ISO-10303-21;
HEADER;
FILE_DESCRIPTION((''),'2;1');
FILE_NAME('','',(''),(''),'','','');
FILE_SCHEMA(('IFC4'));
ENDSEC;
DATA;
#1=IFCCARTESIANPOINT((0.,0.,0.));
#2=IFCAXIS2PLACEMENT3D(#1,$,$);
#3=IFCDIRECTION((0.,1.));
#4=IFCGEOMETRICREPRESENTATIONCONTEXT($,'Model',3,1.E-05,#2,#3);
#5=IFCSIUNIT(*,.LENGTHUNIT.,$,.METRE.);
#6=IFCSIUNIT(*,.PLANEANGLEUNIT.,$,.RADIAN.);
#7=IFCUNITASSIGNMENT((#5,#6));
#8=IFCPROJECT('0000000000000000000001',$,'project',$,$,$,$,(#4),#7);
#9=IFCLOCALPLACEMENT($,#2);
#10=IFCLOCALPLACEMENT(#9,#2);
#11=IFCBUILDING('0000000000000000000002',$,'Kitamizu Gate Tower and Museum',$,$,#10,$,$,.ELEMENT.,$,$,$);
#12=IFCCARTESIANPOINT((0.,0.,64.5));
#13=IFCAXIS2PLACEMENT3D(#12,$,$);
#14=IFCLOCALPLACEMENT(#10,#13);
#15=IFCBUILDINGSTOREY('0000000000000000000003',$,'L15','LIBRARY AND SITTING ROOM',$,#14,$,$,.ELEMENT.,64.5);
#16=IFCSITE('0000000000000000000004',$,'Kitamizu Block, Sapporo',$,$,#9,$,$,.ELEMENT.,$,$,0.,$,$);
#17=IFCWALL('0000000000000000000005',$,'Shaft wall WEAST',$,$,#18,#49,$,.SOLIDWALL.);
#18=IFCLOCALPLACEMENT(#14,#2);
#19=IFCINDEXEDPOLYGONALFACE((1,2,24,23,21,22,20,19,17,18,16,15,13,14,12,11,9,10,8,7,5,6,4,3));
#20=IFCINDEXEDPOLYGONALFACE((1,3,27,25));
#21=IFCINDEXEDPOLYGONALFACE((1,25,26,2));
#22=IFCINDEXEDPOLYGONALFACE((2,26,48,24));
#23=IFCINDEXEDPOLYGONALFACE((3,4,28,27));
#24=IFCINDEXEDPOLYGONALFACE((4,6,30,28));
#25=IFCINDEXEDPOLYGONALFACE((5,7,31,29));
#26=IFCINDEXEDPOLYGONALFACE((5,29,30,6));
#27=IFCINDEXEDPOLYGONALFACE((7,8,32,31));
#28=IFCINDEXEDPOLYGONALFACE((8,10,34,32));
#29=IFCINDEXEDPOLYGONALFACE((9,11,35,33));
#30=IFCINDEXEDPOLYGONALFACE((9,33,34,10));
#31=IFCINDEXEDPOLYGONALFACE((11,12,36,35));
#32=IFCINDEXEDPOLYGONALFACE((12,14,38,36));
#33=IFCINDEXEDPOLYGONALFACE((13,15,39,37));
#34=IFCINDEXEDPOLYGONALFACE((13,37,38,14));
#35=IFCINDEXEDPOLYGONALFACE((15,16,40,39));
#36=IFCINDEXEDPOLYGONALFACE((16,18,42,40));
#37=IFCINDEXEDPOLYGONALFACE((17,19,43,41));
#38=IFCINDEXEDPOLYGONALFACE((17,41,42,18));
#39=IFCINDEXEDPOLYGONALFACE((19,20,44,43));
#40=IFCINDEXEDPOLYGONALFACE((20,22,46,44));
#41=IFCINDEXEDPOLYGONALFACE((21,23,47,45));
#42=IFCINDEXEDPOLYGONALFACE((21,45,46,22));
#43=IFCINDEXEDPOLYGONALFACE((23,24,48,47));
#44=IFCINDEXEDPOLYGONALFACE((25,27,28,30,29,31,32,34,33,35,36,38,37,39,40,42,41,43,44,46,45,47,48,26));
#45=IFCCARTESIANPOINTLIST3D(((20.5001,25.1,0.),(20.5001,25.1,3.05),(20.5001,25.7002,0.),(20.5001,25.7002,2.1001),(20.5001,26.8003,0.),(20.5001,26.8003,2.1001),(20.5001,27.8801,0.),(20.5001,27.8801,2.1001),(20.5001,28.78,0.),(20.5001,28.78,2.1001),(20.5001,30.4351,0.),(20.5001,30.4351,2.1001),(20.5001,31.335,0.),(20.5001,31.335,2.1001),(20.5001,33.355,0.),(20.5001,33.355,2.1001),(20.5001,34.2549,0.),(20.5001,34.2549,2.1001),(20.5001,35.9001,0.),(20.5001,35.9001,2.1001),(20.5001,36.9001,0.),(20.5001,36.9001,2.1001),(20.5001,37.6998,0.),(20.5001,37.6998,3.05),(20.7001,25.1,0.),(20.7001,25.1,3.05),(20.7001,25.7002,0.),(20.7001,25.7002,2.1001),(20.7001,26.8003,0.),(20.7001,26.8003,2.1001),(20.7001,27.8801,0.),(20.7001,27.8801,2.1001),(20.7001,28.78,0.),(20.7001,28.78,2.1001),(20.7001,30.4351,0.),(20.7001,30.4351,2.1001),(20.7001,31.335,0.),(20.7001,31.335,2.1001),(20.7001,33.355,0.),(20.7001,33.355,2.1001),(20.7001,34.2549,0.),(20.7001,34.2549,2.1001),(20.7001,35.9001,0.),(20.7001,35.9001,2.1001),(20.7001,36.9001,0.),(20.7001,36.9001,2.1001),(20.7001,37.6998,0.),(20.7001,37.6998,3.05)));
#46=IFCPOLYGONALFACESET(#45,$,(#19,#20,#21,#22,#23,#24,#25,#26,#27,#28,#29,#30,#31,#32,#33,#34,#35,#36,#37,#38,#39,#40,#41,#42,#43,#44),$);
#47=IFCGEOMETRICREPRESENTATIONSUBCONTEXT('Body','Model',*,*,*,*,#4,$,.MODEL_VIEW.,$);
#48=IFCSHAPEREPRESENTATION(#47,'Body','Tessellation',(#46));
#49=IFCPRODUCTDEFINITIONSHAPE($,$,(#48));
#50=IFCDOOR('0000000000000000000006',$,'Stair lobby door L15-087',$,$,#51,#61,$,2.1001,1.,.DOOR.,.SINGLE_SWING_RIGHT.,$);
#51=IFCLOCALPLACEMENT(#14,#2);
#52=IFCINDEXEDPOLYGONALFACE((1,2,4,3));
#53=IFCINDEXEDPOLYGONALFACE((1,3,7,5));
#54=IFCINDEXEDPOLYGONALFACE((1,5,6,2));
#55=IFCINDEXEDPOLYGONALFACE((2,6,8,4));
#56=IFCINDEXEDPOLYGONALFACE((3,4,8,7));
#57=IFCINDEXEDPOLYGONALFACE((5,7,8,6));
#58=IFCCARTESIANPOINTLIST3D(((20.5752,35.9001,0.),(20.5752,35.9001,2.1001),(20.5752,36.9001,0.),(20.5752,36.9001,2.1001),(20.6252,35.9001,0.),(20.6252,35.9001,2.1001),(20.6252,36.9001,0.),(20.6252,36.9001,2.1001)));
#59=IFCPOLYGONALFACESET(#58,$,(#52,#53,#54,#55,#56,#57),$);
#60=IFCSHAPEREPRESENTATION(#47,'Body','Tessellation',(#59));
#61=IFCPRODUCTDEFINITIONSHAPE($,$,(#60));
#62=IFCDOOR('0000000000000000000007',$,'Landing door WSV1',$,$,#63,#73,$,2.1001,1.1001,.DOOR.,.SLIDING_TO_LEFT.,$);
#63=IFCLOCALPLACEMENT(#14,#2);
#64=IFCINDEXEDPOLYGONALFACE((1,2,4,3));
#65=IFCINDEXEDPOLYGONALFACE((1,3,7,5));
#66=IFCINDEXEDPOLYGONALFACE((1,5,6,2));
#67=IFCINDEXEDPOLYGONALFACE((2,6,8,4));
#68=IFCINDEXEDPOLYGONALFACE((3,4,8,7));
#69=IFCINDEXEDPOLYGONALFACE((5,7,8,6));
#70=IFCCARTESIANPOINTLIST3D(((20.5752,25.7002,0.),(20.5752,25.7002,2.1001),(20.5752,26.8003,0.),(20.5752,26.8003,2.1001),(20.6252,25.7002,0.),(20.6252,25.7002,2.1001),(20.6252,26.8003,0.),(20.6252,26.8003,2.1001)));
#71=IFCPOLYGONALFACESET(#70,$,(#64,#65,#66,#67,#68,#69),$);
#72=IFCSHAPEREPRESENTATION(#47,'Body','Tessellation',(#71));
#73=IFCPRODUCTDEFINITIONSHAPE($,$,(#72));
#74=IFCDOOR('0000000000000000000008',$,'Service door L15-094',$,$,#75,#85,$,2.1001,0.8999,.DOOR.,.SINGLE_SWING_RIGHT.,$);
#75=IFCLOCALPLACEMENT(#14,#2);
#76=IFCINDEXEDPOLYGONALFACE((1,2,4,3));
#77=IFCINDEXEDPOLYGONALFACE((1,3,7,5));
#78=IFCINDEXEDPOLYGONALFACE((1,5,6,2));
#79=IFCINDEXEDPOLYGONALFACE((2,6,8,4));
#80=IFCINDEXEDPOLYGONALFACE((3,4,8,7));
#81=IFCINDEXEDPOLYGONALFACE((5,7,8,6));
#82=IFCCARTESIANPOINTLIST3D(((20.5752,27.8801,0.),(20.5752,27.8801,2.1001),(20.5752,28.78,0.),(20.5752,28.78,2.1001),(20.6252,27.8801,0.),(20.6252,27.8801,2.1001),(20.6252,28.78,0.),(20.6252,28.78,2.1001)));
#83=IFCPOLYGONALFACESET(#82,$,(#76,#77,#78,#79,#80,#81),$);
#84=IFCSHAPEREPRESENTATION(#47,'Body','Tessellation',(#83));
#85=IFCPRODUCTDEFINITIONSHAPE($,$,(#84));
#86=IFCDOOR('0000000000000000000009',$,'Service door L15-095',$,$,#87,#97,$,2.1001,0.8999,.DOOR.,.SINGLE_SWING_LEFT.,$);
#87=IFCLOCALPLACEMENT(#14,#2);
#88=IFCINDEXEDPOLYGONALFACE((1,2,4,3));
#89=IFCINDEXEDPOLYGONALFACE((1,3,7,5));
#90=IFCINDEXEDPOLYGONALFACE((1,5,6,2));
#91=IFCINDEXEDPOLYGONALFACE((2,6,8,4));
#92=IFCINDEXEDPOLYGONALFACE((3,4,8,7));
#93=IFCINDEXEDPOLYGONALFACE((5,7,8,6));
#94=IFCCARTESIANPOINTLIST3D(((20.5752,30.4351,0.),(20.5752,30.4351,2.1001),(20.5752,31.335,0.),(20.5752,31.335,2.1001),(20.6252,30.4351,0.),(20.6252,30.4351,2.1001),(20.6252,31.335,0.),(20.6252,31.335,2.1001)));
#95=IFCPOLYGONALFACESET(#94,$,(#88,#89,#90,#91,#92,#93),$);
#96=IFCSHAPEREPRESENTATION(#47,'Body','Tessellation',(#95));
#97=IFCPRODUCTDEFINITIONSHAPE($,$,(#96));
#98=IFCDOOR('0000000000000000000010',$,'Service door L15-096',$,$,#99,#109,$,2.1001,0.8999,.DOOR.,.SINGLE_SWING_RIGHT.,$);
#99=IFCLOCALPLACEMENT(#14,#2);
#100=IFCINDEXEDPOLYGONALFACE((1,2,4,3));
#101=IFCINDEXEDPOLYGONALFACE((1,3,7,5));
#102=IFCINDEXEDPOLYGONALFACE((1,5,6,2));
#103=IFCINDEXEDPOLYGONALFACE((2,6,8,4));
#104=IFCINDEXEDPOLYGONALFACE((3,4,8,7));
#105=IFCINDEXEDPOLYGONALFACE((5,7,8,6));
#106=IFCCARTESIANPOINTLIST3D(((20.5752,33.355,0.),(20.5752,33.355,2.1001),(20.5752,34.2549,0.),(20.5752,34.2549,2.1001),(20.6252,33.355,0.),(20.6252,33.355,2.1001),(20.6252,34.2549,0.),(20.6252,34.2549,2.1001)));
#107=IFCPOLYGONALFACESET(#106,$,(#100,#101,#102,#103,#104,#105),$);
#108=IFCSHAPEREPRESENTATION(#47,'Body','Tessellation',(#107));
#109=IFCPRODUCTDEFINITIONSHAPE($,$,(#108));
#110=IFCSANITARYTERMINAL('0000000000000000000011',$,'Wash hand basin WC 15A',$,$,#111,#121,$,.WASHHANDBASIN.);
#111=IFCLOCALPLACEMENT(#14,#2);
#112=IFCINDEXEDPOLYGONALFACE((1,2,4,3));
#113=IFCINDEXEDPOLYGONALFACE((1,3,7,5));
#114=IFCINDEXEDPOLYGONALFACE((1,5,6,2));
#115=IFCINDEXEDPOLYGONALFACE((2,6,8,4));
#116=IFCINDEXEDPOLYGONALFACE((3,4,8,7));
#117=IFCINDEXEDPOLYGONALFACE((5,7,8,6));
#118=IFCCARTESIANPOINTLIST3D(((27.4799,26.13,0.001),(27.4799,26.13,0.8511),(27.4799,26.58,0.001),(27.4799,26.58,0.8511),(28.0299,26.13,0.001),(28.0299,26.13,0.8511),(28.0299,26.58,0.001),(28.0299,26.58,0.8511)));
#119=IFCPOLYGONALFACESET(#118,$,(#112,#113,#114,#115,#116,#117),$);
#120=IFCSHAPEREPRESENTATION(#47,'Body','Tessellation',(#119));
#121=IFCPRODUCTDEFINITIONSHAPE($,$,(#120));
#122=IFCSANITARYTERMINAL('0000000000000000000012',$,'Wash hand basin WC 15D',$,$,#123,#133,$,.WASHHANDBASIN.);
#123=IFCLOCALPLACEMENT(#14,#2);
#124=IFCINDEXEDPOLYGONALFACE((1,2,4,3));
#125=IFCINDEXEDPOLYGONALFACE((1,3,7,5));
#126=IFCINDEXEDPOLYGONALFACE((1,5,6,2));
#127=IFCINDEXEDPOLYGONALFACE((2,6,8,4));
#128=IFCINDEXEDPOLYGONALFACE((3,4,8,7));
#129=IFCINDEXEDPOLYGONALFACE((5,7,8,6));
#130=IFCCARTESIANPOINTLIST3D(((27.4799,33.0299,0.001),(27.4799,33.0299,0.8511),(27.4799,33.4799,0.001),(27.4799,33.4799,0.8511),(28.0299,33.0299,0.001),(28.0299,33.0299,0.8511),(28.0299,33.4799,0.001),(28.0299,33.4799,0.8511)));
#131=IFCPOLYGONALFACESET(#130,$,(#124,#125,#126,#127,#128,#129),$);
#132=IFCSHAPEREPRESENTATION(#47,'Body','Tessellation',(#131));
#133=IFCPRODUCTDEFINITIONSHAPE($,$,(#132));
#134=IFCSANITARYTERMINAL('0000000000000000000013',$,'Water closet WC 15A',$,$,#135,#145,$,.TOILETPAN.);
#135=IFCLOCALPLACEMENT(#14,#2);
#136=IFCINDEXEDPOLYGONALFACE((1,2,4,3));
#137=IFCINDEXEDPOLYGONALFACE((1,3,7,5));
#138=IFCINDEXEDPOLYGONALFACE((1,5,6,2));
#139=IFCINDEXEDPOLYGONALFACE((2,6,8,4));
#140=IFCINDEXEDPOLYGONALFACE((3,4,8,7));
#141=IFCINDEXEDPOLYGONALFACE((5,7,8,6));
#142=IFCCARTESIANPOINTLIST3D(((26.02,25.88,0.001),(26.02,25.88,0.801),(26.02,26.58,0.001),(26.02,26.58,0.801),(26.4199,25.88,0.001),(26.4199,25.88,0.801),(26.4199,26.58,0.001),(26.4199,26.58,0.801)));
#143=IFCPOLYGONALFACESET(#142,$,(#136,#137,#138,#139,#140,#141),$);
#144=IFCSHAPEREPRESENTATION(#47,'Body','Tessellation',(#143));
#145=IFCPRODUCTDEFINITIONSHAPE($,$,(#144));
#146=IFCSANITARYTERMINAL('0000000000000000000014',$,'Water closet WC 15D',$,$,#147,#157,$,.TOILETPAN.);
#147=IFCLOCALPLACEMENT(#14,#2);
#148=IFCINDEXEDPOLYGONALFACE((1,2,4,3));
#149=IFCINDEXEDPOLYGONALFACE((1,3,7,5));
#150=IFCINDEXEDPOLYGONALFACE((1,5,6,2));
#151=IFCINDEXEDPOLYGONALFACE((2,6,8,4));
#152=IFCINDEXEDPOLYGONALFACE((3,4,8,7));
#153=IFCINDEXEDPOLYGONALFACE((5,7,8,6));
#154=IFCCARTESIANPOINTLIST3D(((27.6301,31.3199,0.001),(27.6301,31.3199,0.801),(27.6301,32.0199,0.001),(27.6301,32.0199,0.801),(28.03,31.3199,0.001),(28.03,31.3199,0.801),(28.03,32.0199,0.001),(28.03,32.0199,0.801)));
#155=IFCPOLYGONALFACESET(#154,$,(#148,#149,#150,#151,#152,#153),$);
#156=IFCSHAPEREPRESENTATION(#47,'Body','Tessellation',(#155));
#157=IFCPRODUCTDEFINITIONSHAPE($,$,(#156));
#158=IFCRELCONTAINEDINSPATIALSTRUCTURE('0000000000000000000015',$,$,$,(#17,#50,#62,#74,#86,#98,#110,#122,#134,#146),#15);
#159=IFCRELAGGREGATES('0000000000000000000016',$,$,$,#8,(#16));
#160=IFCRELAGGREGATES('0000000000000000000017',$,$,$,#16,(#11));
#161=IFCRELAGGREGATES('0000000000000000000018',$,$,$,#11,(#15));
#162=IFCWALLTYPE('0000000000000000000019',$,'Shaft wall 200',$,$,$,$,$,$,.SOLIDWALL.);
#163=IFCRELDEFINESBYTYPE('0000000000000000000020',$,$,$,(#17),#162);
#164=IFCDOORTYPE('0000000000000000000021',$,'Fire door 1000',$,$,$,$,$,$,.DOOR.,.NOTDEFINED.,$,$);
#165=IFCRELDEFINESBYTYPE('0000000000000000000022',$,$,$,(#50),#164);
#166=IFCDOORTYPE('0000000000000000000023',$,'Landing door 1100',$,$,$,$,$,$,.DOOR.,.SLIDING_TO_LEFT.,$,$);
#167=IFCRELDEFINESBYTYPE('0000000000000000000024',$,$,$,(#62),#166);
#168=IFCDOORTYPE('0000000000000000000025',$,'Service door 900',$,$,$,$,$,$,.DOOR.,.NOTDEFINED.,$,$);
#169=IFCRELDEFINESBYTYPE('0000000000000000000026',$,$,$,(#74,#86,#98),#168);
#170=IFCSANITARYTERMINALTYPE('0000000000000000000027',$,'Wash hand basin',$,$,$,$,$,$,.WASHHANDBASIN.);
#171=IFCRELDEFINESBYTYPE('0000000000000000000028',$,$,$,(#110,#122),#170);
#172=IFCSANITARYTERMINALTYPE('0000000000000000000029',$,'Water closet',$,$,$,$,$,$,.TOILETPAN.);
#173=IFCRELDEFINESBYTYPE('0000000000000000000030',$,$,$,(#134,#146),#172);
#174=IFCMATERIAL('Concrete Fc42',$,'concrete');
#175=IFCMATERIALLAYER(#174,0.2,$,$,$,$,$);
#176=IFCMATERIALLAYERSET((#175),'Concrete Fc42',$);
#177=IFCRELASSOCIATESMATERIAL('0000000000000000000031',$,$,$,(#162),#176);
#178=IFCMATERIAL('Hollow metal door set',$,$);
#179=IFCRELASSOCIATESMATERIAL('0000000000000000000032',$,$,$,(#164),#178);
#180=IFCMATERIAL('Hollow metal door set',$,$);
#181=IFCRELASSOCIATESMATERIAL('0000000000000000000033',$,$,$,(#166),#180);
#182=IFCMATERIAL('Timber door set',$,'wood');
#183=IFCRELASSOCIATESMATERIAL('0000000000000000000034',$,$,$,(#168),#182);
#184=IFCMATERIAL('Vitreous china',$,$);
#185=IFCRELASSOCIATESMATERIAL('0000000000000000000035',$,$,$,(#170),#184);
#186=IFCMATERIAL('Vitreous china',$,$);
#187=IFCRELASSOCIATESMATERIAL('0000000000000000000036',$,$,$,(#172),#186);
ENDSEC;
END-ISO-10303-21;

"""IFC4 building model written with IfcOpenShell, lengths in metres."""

from ifc_helpers import new_model, si_unit, direction, frame, frame_2d, origin, origin_2d, place, context, subcontext, project, spatial, rectangle, extrude, material, layer, layer_set, type_object, element, fill, save


model = new_model("IFC4")

# Units and contexts
model_context = context("Model", 3, precision=1e-05, world=origin(), true_north=direction((0.0, 1.0)))
body_context = subcontext(model_context, "Body", "Model", "MODEL_VIEW")
ifc_project = project(units=[si_unit("LENGTHUNIT", "METRE"), si_unit("PLANEANGLEUNIT", "RADIAN")], contexts=[model_context])

# Site, building, storey
site_placement = place(None, origin())
site = spatial("IfcSite", under=ifc_project, at=site_placement, Name="Kitamizu Block, Sapporo", CompositionType="ELEMENT", RefElevation=0.0)
building_placement = place(site_placement, origin())
building = spatial("IfcBuilding", under=site, at=building_placement, Name="Kitamizu Gate Tower and Museum", CompositionType="ELEMENT")
storey_placement = place(building_placement, frame((0.0, 0.0, 64.5)))
storey = spatial("IfcBuildingStorey", under=building, at=storey_placement, Name="L15", Description="LIBRARY AND SITTING ROOM", CompositionType="ELEMENT", Elevation=64.5)

# Wall, openings, doors
ifc_material_1 = material(Name="Concrete Fc42", Category="concrete")
ifc_layer_1 = layer(ifc_material_1, 0.2)
ifc_layer_set_1 = layer_set([ifc_layer_1], Name="Concrete Fc42")
wall_type_1 = type_object("IfcWallType", Name="Shaft wall 200", PredefinedType="SOLIDWALL", material=ifc_layer_set_1)
wall_1_placement = place(storey_placement, frame((20.6001, 25.1001, 0.0), z_axis=(0.0, 0.0, 1.0), x_axis=(0.0, 1.0, 0.0)))
wall_1 = element("IfcWall", 1, at=wall_1_placement, inside=storey, type_object=wall_type_1, Name="Shaft wall WEAST", PredefinedType="SOLIDWALL", context=body_context, shape_type="SweptSolid", body=[
    extrude(rectangle(XDim=12.5999, YDim=0.2, at=frame_2d((6.2998, 0.0))), origin(), (0.0, 0.0, 1.0), 3.05),
])
opening_1_placement = place(wall_1_placement, frame((0.6001, 0.0, 0.0)))
opening_1 = element("IfcOpeningElement", 2, at=opening_1_placement, cuts=wall_1, PredefinedType="OPENING", context=body_context, shape_type="SweptSolid", body=[
    extrude(rectangle(XDim=1.1001, YDim=2.1001, at=frame_2d((0.55, 1.05))), frame((0.0, 0.1099, 0.0), z_axis=(0.0, -1.0, 0.0), x_axis=(1.0, 0.0, 0.0)), (0.0, 0.0, 1.0), 0.22),
])
opening_2_placement = place(wall_1_placement, frame((10.8, 0.0, 0.0)))
opening_2 = element("IfcOpeningElement", 3, at=opening_2_placement, cuts=wall_1, PredefinedType="OPENING", context=body_context, shape_type="SweptSolid", body=[
    extrude(rectangle(XDim=1.0, YDim=2.1001, at=frame_2d((0.5, 1.05))), frame((0.0, 0.1099, 0.0), z_axis=(0.0, -1.0, 0.0), x_axis=(1.0, 0.0, 0.0)), (0.0, 0.0, 1.0), 0.22),
])
opening_3_placement = place(wall_1_placement, frame((2.78, 0.0, 0.0)))
opening_3 = element("IfcOpeningElement", 4, at=opening_3_placement, cuts=wall_1, PredefinedType="OPENING", context=body_context, shape_type="SweptSolid", body=[
    extrude(rectangle(XDim=0.8999, YDim=2.1001, at=frame_2d((0.45, 1.05))), frame((0.0, 0.1099, 0.0), z_axis=(0.0, -1.0, 0.0), x_axis=(1.0, 0.0, 0.0)), (0.0, 0.0, 1.0), 0.22),
])
opening_4_placement = place(wall_1_placement, frame((5.335, 0.0, 0.0)))
opening_4 = element("IfcOpeningElement", 5, at=opening_4_placement, cuts=wall_1, PredefinedType="OPENING", context=body_context, shape_type="SweptSolid", body=[
    extrude(rectangle(XDim=0.8999, YDim=2.1001, at=frame_2d((0.45, 1.05))), frame((0.0, 0.1099, 0.0), z_axis=(0.0, -1.0, 0.0), x_axis=(1.0, 0.0, 0.0)), (0.0, 0.0, 1.0), 0.22),
])
opening_5_placement = place(wall_1_placement, frame((8.2549, 0.0, 0.0)))
opening_5 = element("IfcOpeningElement", 6, at=opening_5_placement, cuts=wall_1, PredefinedType="OPENING", context=body_context, shape_type="SweptSolid", body=[
    extrude(rectangle(XDim=0.8999, YDim=2.1001, at=frame_2d((0.45, 1.05))), frame((0.0, 0.1099, 0.0), z_axis=(0.0, -1.0, 0.0), x_axis=(1.0, 0.0, 0.0)), (0.0, 0.0, 1.0), 0.22),
])
ifc_material_2 = material(Name="Hollow metal door set")
door_type_1 = type_object("IfcDoorType", Name="Fire door 1000", OperationType="NOTDEFINED", PredefinedType="DOOR", material=ifc_material_2)
door_1_placement = place(opening_2_placement, origin())
door_1 = element("IfcDoor", 7, at=door_1_placement, inside=storey, type_object=door_type_1, Name="Stair lobby door L15-087", OperationType="SINGLE_SWING_RIGHT", OverallHeight=2.1001, OverallWidth=1.0, PredefinedType="DOOR", context=body_context, shape_type="SweptSolid", body=[
    extrude(rectangle(XDim=1.0, YDim=2.1001, at=frame_2d((0.5, 1.05))), frame((0.0, 0.0249, 0.0), z_axis=(0.0, -1.0, 0.0), x_axis=(1.0, 0.0, 0.0)), (0.0, 0.0, 1.0), 0.05),
])
fill(opening_2, door_1)
ifc_material_3 = material(Name="Hollow metal door set")
door_type_2 = type_object("IfcDoorType", Name="Landing door 1100", OperationType="SLIDING_TO_LEFT", PredefinedType="DOOR", material=ifc_material_3)
door_2_placement = place(opening_1_placement, origin())
door_2 = element("IfcDoor", 8, at=door_2_placement, inside=storey, type_object=door_type_2, Name="Landing door WSV1", OperationType="SLIDING_TO_LEFT", OverallHeight=2.1001, OverallWidth=1.1001, PredefinedType="DOOR", context=body_context, shape_type="SweptSolid", body=[
    extrude(rectangle(XDim=1.1001, YDim=2.1001, at=frame_2d((0.55, 1.05))), frame((0.0, 0.0249, 0.0), z_axis=(0.0, -1.0, 0.0), x_axis=(1.0, 0.0, 0.0)), (0.0, 0.0, 1.0), 0.05),
])
fill(opening_1, door_2)
ifc_material_4 = material(Name="Timber door set", Category="wood")
door_type_3 = type_object("IfcDoorType", Name="Service door 900", OperationType="NOTDEFINED", PredefinedType="DOOR", material=ifc_material_4)
door_3_placement = place(opening_3_placement, origin())
door_3 = element("IfcDoor", 9, at=door_3_placement, inside=storey, type_object=door_type_3, Name="Service door L15-094", OperationType="SINGLE_SWING_RIGHT", OverallHeight=2.1001, OverallWidth=0.8999, PredefinedType="DOOR", context=body_context, shape_type="SweptSolid", body=[
    extrude(rectangle(XDim=0.8999, YDim=2.1001, at=frame_2d((0.45, 1.05))), frame((0.0, 0.0249, 0.0), z_axis=(0.0, -1.0, 0.0), x_axis=(1.0, 0.0, 0.0)), (0.0, 0.0, 1.0), 0.05),
])
fill(opening_3, door_3)
door_4_placement = place(opening_4_placement, origin())
door_4 = element("IfcDoor", 10, at=door_4_placement, inside=storey, type_object=door_type_3, Name="Service door L15-095", OperationType="SINGLE_SWING_LEFT", OverallHeight=2.1001, OverallWidth=0.8999, PredefinedType="DOOR", context=body_context, shape_type="SweptSolid", body=[
    extrude(rectangle(XDim=0.8999, YDim=2.1001, at=frame_2d((0.45, 1.05))), frame((0.0, 0.0249, 0.0), z_axis=(0.0, -1.0, 0.0), x_axis=(1.0, 0.0, 0.0)), (0.0, 0.0, 1.0), 0.05),
])
fill(opening_4, door_4)
door_5_placement = place(opening_5_placement, origin())
door_5 = element("IfcDoor", 11, at=door_5_placement, inside=storey, type_object=door_type_3, Name="Service door L15-096", OperationType="SINGLE_SWING_RIGHT", OverallHeight=2.1001, OverallWidth=0.8999, PredefinedType="DOOR", context=body_context, shape_type="SweptSolid", body=[
    extrude(rectangle(XDim=0.8999, YDim=2.1001, at=frame_2d((0.45, 1.05))), frame((0.0, 0.0249, 0.0), z_axis=(0.0, -1.0, 0.0), x_axis=(1.0, 0.0, 0.0)), (0.0, 0.0, 1.0), 0.05),
])
fill(opening_5, door_5)

# Sanitary terminals
ifc_material_5 = material(Name="Vitreous china")
sanitary_terminal_type_1 = type_object("IfcSanitaryTerminalType", Name="Wash hand basin", PredefinedType="WASHHANDBASIN", material=ifc_material_5)
for number, where, z_axis, x_axis, name in (
    (12, (27.7549, 26.355, 0.001), (0.0, 0.0, 1.0), (1.0, 0.0, 0.0), "Wash hand basin WC 15A"),
    (13, (27.7549, 33.2549, 0.001), (0.0, 0.0, 1.0), (1.0, 0.0, 0.0), "Wash hand basin WC 15D"),
):
    element("IfcSanitaryTerminal", number, at=place(storey_placement, frame(where, z_axis=z_axis, x_axis=x_axis)), inside=storey, type_object=sanitary_terminal_type_1, Name=name, PredefinedType="WASHHANDBASIN", context=body_context, shape_type="SweptSolid", body=[
        extrude(rectangle(XDim=0.55, YDim=0.45, at=origin_2d()), origin(), (0.0, 0.0, 1.0), 0.8501),
    ])
ifc_material_6 = material(Name="Vitreous china")
sanitary_terminal_type_2 = type_object("IfcSanitaryTerminalType", Name="Water closet", PredefinedType="TOILETPAN", material=ifc_material_6)
for number, where, z_axis, x_axis, name in (
    (14, (26.22, 26.23, 0.001), (0.0, 0.0, 1.0), (1.0, 0.0, 0.0), "Water closet WC 15A"),
    (15, (27.8301, 31.6699, 0.001), (0.0, 0.0, 1.0), (1.0, 0.0, 0.0), "Water closet WC 15D"),
):
    element("IfcSanitaryTerminal", number, at=place(storey_placement, frame(where, z_axis=z_axis, x_axis=x_axis)), inside=storey, type_object=sanitary_terminal_type_2, Name=name, PredefinedType="TOILETPAN", context=body_context, shape_type="SweptSolid", body=[
        extrude(rectangle(XDim=0.3999, YDim=0.7, at=origin_2d()), origin(), (0.0, 0.0, 1.0), 0.8),
    ])

save(model, "model.ifc")
